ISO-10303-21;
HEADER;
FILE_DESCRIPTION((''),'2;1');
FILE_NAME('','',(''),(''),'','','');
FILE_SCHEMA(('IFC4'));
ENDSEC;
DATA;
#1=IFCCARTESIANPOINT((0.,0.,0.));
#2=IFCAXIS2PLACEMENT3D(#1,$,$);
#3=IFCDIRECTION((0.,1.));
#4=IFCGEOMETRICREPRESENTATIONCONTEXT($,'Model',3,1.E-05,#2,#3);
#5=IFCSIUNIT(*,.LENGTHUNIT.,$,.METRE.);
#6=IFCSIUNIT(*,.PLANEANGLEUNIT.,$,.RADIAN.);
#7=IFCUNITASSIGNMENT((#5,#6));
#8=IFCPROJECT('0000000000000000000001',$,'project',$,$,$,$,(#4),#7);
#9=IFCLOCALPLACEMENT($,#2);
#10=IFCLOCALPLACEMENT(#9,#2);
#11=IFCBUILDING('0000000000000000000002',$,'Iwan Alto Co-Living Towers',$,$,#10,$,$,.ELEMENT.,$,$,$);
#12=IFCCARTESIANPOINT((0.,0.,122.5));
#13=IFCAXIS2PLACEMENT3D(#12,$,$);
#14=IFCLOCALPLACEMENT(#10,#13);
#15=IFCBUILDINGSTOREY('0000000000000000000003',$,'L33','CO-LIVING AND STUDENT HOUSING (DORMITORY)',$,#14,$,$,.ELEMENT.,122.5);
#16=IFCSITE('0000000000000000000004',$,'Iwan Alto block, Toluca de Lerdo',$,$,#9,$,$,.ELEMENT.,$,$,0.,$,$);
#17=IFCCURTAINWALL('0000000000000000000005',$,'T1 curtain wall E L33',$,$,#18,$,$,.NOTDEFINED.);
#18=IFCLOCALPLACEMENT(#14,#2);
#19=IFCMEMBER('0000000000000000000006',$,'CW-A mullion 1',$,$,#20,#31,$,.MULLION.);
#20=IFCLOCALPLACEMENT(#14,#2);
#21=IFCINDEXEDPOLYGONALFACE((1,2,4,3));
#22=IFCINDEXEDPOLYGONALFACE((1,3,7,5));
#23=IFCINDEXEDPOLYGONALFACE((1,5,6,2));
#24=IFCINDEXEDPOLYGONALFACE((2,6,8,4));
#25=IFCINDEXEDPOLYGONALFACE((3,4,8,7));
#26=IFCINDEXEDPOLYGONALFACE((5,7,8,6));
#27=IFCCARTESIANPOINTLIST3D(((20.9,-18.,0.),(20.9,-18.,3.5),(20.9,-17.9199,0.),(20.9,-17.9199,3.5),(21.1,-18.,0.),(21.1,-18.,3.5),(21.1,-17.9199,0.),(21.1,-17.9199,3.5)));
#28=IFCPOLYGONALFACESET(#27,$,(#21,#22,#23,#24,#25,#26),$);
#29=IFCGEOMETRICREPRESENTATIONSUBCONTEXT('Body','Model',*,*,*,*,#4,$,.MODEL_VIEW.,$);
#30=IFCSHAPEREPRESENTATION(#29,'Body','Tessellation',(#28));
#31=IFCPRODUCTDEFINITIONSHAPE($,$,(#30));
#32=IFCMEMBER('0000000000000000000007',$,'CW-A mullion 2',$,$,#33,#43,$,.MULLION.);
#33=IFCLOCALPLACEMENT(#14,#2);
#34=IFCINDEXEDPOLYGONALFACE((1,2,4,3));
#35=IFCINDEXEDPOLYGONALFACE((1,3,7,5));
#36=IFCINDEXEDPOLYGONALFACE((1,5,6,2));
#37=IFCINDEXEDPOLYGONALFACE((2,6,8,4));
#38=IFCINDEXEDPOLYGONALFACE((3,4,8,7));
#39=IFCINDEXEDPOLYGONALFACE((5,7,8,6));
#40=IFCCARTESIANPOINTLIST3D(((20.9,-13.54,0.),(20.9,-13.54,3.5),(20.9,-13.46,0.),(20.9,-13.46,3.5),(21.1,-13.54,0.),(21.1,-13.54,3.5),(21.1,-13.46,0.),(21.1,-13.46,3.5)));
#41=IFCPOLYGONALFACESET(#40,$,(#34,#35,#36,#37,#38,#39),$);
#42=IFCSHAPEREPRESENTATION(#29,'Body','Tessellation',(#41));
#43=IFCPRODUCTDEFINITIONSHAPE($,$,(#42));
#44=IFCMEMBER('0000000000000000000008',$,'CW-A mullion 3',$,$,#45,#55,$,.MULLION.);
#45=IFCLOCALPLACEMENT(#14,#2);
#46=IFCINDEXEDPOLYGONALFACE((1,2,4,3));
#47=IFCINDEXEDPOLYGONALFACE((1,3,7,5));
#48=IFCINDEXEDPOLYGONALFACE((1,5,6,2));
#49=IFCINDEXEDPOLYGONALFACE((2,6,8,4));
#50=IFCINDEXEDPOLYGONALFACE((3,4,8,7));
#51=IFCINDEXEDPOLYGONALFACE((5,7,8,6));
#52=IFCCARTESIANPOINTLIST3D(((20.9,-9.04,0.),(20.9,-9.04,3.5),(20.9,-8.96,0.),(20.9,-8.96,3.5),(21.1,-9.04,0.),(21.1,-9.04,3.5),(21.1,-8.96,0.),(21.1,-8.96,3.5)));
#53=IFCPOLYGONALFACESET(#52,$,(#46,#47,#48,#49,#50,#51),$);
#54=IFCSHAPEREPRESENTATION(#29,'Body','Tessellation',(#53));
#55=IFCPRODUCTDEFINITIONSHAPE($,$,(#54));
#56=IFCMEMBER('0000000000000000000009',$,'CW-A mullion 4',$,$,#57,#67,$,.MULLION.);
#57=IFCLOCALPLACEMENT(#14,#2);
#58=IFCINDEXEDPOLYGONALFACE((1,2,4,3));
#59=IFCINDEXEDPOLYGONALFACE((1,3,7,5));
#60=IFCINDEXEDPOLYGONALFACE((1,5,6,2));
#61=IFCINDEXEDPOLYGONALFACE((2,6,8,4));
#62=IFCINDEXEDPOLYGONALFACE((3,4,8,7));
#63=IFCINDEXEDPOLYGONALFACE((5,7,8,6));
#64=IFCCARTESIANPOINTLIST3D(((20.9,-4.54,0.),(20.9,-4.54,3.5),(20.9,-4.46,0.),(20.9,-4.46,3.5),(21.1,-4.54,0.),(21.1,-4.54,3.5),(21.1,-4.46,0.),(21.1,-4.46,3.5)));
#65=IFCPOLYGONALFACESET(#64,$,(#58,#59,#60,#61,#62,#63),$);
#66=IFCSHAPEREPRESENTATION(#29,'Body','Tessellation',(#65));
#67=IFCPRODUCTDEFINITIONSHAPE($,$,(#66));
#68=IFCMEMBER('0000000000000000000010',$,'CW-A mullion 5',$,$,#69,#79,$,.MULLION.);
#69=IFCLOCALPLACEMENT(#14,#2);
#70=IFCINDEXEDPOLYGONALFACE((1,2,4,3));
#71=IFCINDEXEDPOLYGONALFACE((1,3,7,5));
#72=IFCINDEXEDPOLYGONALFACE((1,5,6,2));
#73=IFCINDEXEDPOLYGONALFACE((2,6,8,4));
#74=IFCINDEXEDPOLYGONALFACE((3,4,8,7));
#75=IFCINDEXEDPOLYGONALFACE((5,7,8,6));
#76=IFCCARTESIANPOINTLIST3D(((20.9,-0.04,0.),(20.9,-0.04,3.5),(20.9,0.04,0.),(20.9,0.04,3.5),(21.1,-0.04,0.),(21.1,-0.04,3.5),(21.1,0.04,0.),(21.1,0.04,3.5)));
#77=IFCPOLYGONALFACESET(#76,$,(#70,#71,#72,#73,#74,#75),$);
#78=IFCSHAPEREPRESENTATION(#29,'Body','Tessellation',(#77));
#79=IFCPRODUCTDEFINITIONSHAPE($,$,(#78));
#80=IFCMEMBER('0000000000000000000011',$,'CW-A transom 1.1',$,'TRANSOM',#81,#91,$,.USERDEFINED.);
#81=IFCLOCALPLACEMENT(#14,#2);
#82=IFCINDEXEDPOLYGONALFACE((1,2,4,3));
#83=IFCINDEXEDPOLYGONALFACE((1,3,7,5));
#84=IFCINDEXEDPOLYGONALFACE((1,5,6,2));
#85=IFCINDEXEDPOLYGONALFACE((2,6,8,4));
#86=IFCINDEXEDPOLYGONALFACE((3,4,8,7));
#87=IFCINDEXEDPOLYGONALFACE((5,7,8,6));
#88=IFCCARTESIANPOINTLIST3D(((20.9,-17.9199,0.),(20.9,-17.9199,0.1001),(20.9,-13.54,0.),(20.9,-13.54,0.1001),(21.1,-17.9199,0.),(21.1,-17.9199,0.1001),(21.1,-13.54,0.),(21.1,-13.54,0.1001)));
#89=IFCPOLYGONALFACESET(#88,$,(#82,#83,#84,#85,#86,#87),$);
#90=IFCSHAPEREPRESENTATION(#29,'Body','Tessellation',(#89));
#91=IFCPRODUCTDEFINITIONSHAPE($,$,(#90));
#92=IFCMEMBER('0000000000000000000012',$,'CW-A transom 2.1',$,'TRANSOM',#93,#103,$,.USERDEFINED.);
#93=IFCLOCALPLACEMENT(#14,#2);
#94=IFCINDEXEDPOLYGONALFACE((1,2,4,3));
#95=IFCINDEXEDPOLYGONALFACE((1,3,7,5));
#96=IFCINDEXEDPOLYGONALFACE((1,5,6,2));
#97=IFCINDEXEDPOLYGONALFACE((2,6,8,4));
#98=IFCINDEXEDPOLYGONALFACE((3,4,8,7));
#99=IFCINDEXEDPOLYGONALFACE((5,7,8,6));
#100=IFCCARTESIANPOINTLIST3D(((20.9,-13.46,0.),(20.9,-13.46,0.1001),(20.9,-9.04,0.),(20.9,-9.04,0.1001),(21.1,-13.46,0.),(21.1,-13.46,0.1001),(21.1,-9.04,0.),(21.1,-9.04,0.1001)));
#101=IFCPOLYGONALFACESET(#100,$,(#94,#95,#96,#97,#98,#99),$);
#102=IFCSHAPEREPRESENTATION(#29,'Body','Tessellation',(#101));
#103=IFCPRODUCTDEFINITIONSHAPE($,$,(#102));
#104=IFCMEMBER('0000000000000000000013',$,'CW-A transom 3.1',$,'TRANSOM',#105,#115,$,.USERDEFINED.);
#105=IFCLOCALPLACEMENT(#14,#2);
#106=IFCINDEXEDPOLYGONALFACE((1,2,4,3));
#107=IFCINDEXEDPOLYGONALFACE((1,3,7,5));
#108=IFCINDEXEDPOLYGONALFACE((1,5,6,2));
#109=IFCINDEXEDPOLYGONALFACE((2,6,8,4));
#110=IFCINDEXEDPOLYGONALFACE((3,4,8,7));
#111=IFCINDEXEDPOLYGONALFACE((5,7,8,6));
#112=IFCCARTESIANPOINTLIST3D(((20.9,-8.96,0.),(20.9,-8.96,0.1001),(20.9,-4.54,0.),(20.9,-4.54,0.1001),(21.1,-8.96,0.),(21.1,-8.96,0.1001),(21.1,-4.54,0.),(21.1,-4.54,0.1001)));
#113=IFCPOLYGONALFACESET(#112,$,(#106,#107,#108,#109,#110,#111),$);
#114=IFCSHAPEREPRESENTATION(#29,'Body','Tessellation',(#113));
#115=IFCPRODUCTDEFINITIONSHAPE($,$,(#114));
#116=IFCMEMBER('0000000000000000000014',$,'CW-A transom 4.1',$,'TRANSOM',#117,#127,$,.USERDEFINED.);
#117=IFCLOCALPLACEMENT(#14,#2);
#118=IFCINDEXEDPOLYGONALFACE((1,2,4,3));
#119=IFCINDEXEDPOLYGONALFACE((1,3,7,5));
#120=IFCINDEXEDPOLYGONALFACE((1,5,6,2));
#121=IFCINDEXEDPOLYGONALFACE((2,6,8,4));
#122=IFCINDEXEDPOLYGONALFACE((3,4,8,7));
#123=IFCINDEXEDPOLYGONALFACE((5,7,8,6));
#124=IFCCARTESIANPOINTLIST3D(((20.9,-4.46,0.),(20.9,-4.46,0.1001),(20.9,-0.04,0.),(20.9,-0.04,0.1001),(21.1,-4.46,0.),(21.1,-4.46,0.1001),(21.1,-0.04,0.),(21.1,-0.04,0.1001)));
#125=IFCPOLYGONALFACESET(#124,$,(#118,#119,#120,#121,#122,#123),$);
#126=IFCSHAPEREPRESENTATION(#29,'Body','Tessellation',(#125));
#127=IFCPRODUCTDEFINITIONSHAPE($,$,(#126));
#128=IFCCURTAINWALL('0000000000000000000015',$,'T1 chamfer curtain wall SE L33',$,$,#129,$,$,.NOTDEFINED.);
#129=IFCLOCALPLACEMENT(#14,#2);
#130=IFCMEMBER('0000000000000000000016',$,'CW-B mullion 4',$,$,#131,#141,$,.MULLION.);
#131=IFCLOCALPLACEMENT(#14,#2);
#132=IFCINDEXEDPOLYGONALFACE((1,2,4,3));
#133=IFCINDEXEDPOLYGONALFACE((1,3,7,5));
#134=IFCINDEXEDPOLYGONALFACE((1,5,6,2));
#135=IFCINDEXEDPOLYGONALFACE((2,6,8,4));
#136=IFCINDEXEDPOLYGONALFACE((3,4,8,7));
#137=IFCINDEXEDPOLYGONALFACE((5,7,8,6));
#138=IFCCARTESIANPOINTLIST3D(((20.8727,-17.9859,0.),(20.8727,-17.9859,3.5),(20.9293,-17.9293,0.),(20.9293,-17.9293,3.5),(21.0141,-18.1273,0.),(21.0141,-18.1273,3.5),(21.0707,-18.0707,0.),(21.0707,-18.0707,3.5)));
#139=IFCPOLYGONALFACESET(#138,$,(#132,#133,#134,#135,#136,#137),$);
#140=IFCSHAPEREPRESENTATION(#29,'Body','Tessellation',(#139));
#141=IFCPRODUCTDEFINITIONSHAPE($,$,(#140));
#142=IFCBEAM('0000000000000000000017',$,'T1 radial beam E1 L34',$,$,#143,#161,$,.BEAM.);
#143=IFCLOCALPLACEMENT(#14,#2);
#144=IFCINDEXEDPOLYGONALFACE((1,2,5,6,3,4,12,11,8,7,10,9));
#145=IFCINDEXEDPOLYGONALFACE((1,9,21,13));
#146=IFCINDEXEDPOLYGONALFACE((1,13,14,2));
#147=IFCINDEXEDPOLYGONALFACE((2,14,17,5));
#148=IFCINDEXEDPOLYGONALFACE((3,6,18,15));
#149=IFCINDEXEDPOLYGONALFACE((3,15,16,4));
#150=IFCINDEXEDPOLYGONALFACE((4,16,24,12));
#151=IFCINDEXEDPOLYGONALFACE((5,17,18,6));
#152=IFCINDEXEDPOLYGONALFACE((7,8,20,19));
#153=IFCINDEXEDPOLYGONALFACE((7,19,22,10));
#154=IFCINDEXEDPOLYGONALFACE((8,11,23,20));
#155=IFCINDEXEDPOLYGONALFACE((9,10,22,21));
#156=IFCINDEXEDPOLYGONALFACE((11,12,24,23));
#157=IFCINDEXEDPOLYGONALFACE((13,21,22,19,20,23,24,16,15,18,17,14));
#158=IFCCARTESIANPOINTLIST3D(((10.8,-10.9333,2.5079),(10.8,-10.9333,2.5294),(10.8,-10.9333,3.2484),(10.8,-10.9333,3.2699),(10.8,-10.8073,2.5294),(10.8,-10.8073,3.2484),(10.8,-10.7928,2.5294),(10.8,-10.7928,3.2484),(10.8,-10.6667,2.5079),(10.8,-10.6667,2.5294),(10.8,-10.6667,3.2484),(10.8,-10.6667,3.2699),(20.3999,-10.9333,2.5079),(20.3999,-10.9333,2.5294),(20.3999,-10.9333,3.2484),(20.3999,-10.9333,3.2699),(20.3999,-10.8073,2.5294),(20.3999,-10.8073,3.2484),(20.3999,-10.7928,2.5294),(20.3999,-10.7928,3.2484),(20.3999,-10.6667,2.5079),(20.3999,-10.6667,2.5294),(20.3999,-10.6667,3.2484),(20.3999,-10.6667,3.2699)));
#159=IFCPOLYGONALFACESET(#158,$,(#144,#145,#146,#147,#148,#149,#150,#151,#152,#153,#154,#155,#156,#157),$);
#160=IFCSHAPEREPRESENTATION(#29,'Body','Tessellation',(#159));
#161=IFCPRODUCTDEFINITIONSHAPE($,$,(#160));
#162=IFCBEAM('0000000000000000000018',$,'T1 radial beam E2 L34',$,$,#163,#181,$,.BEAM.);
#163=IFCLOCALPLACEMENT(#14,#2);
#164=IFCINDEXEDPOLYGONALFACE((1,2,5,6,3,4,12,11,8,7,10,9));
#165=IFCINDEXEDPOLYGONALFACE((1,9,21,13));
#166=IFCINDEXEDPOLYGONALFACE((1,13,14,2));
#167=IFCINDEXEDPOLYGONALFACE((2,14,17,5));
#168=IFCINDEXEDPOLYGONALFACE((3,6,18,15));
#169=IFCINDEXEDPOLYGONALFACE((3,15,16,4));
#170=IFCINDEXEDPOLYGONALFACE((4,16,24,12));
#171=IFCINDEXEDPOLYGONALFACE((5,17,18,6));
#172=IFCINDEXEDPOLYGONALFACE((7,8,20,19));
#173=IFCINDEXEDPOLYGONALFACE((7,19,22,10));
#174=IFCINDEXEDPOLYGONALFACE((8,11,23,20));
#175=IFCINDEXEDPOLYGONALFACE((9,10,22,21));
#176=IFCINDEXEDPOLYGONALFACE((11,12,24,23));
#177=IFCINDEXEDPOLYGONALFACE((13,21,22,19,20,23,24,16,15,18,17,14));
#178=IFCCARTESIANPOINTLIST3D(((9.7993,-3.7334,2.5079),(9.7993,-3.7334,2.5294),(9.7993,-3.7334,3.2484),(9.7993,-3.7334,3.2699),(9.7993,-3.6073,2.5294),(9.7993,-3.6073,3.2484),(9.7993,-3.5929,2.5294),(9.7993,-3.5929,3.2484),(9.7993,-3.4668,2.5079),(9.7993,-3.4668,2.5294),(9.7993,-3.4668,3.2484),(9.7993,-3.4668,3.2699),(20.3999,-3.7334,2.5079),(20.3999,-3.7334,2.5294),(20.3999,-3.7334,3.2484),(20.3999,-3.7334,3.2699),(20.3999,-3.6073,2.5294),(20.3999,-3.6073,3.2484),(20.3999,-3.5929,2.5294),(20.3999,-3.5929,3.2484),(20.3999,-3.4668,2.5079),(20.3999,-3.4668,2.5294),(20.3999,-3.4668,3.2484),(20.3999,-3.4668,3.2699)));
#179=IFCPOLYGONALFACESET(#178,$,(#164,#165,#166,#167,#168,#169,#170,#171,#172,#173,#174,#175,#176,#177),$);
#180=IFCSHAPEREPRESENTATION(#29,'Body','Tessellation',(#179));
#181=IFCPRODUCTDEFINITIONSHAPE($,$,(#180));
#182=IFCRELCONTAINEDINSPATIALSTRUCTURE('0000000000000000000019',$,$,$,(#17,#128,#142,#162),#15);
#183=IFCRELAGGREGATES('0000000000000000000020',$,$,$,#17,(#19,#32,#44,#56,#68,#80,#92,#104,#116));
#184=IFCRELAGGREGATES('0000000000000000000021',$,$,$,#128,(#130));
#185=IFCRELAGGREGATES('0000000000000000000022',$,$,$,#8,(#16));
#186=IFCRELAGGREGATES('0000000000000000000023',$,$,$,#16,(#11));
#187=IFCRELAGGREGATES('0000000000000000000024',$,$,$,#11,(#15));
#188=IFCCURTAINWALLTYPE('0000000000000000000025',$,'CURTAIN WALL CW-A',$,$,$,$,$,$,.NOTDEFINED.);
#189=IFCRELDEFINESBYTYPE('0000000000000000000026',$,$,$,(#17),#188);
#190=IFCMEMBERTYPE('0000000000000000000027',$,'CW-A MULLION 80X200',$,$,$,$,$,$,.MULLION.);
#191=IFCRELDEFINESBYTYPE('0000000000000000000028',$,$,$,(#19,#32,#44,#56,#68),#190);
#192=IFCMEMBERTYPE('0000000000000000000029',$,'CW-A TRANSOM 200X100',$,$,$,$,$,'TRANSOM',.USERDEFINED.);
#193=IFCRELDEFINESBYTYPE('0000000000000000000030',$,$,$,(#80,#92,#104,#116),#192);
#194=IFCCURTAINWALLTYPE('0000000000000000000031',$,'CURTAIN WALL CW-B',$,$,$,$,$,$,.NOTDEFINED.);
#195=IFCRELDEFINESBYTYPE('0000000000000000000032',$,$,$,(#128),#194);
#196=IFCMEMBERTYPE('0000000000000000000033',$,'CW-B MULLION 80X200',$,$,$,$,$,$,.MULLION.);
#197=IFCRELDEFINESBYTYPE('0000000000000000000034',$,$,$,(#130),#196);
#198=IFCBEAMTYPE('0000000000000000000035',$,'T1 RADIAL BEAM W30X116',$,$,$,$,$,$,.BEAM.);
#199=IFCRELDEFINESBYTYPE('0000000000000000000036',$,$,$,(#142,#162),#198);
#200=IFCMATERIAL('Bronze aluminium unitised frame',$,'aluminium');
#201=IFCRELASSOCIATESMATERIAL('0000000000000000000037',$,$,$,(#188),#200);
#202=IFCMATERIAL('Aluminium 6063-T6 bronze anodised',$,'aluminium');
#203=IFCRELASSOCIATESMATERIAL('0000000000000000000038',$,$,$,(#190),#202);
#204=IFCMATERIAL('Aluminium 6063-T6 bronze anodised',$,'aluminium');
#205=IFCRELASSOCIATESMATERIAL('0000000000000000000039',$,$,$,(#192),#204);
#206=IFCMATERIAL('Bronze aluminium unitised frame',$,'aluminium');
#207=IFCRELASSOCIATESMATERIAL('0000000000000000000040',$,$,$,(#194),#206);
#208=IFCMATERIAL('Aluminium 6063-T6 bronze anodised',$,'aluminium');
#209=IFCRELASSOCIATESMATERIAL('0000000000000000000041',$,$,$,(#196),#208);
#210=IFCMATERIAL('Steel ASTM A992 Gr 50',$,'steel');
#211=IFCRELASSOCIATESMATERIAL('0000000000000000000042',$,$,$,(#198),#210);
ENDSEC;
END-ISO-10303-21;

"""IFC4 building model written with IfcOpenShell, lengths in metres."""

from ifc_helpers import new_model, si_unit, direction, frame, origin, origin_2d, place, context, subcontext, project, spatial, rectangle, i_section, extrude, material, material_profile, profile_set, type_object, element, aggregate, save


model = new_model("IFC4")

# Units and contexts
model_context = context("Model", 3, precision=1e-05, world=origin(), true_north=direction((0.0, 1.0)))
body_context = subcontext(model_context, "Body", "Model", "MODEL_VIEW")
ifc_project = project(units=[si_unit("LENGTHUNIT", "METRE"), si_unit("PLANEANGLEUNIT", "RADIAN")], contexts=[model_context])

# Site, building, storey
site_placement = place(None, origin())
site = spatial("IfcSite", under=ifc_project, at=site_placement, Name="Iwan Alto block, Toluca de Lerdo", CompositionType="ELEMENT", RefElevation=0.0)
building_placement = place(site_placement, origin())
building = spatial("IfcBuilding", under=site, at=building_placement, Name="Iwan Alto Co-Living Towers", CompositionType="ELEMENT")
storey_placement = place(building_placement, frame((0.0, 0.0, 122.5)))
storey = spatial("IfcBuildingStorey", under=building, at=storey_placement, Name="L33", Description="CO-LIVING AND STUDENT HOUSING (DORMITORY)", CompositionType="ELEMENT", Elevation=122.5)

# Curtain wall, members
ifc_material_1 = material(Name="Bronze aluminium unitised frame", Category="aluminium")
curtain_wall_type_1 = type_object("IfcCurtainWallType", Name="CURTAIN WALL CW-A", PredefinedType="NOTDEFINED", material=ifc_material_1)
curtain_wall_1_placement = place(storey_placement, origin())
curtain_wall_1 = element("IfcCurtainWall", 1, at=curtain_wall_1_placement, inside=storey, type_object=curtain_wall_type_1, Name="T1 curtain wall E L33", PredefinedType="NOTDEFINED")
ifc_material_2 = material(Name="Aluminium 6063-T6 bronze anodised", Category="aluminium")
ifc_material_profile_1 = material_profile(ifc_material_2, rectangle(XDim=0.2, YDim=0.0801, at=origin_2d()), Name="AL 80X200")
ifc_profile_set_1 = profile_set([ifc_material_profile_1], Name="Aluminium 6063-T6 bronze anodised")
member_type_1 = type_object("IfcMemberType", Name="CW-A MULLION 80X200", PredefinedType="MULLION", material=ifc_profile_set_1)
member_1_placement = place(storey_placement, frame((21.0, -17.96, 0.0), z_axis=(0.0, 0.0, 1.0), x_axis=(-1.0, 0.0, 0.0)))
member_1 = element("IfcMember", 2, at=member_1_placement, type_object=member_type_1, Name="CW-A mullion 1", PredefinedType="MULLION", context=body_context, shape_type="SweptSolid", body=[
    extrude(rectangle(XDim=0.2, YDim=0.0801, at=origin_2d()), origin(), (0.0, 0.0, 1.0), 3.5),
])
member_2_placement = place(storey_placement, frame((21.0, -13.5, 0.0), z_axis=(0.0, 0.0, 1.0), x_axis=(-1.0, 0.0, 0.0)))
member_2 = element("IfcMember", 3, at=member_2_placement, type_object=member_type_1, Name="CW-A mullion 2", PredefinedType="MULLION", context=body_context, shape_type="SweptSolid", body=[
    extrude(rectangle(XDim=0.2, YDim=0.0801, at=origin_2d()), origin(), (0.0, 0.0, 1.0), 3.5),
])
member_3_placement = place(storey_placement, frame((21.0, -9.0, 0.0), z_axis=(0.0, 0.0, 1.0), x_axis=(-1.0, 0.0, 0.0)))
member_3 = element("IfcMember", 4, at=member_3_placement, type_object=member_type_1, Name="CW-A mullion 3", PredefinedType="MULLION", context=body_context, shape_type="SweptSolid", body=[
    extrude(rectangle(XDim=0.2, YDim=0.0801, at=origin_2d()), origin(), (0.0, 0.0, 1.0), 3.5),
])
member_4_placement = place(storey_placement, frame((21.0, -4.5, 0.0), z_axis=(0.0, 0.0, 1.0), x_axis=(-1.0, 0.0, 0.0)))
member_4 = element("IfcMember", 5, at=member_4_placement, type_object=member_type_1, Name="CW-A mullion 4", PredefinedType="MULLION", context=body_context, shape_type="SweptSolid", body=[
    extrude(rectangle(XDim=0.2, YDim=0.0801, at=origin_2d()), origin(), (0.0, 0.0, 1.0), 3.5),
])
member_5_placement = place(storey_placement, frame((21.0, 0.0, 0.0), z_axis=(0.0, 0.0, 1.0), x_axis=(-1.0, 0.0, 0.0)))
member_5 = element("IfcMember", 6, at=member_5_placement, type_object=member_type_1, Name="CW-A mullion 5", PredefinedType="MULLION", context=body_context, shape_type="SweptSolid", body=[
    extrude(rectangle(XDim=0.2, YDim=0.0801, at=origin_2d()), origin(), (0.0, 0.0, 1.0), 3.5),
])
ifc_material_3 = material(Name="Aluminium 6063-T6 bronze anodised", Category="aluminium")
ifc_material_profile_2 = material_profile(ifc_material_3, rectangle(XDim=0.2, YDim=0.1001, at=origin_2d()), Name="AL 200X100")
ifc_profile_set_2 = profile_set([ifc_material_profile_2], Name="Aluminium 6063-T6 bronze anodised")
member_type_2 = type_object("IfcMemberType", Name="CW-A TRANSOM 200X100", ElementType="TRANSOM", PredefinedType="USERDEFINED", material=ifc_profile_set_2)
member_6_placement = place(storey_placement, frame((21.0, -17.9199, 0.05), z_axis=(0.0, 1.0, 0.0), x_axis=(-1.0, 0.0, 0.0)))
member_6 = element("IfcMember", 7, at=member_6_placement, type_object=member_type_2, Name="CW-A transom 1.1", ObjectType="TRANSOM", PredefinedType="USERDEFINED", context=body_context, shape_type="SweptSolid", body=[
    extrude(rectangle(XDim=0.2, YDim=0.1001, at=origin_2d()), origin(), (0.0, 0.0, 1.0), 4.3799),
])
member_7_placement = place(storey_placement, frame((21.0, -13.46, 0.05), z_axis=(0.0, 1.0, 0.0), x_axis=(-1.0, 0.0, 0.0)))
member_7 = element("IfcMember", 8, at=member_7_placement, type_object=member_type_2, Name="CW-A transom 2.1", ObjectType="TRANSOM", PredefinedType="USERDEFINED", context=body_context, shape_type="SweptSolid", body=[
    extrude(rectangle(XDim=0.2, YDim=0.1001, at=origin_2d()), origin(), (0.0, 0.0, 1.0), 4.4199),
])
member_8_placement = place(storey_placement, frame((21.0, -8.96, 0.05), z_axis=(0.0, 1.0, 0.0), x_axis=(-1.0, 0.0, 0.0)))
member_8 = element("IfcMember", 9, at=member_8_placement, type_object=member_type_2, Name="CW-A transom 3.1", ObjectType="TRANSOM", PredefinedType="USERDEFINED", context=body_context, shape_type="SweptSolid", body=[
    extrude(rectangle(XDim=0.2, YDim=0.1001, at=origin_2d()), origin(), (0.0, 0.0, 1.0), 4.4199),
])
member_9_placement = place(storey_placement, frame((21.0, -4.46, 0.05), z_axis=(0.0, 1.0, 0.0), x_axis=(-1.0, 0.0, 0.0)))
member_9 = element("IfcMember", 10, at=member_9_placement, type_object=member_type_2, Name="CW-A transom 4.1", ObjectType="TRANSOM", PredefinedType="USERDEFINED", context=body_context, shape_type="SweptSolid", body=[
    extrude(rectangle(XDim=0.2, YDim=0.1001, at=origin_2d()), origin(), (0.0, 0.0, 1.0), 4.4199),
])

# Curtain wall, member
ifc_material_4 = material(Name="Bronze aluminium unitised frame", Category="aluminium")
curtain_wall_type_2 = type_object("IfcCurtainWallType", Name="CURTAIN WALL CW-B", PredefinedType="NOTDEFINED", material=ifc_material_4)
curtain_wall_2_placement = place(storey_placement, origin())
curtain_wall_2 = element("IfcCurtainWall", 11, at=curtain_wall_2_placement, inside=storey, type_object=curtain_wall_type_2, Name="T1 chamfer curtain wall SE L33", PredefinedType="NOTDEFINED")
ifc_material_5 = material(Name="Aluminium 6063-T6 bronze anodised", Category="aluminium")
ifc_material_profile_3 = material_profile(ifc_material_5, rectangle(XDim=0.2, YDim=0.0801, at=origin_2d()), Name="AL 80X200")
ifc_profile_set_3 = profile_set([ifc_material_profile_3], Name="Aluminium 6063-T6 bronze anodised")
member_type_3 = type_object("IfcMemberType", Name="CW-B MULLION 80X200", PredefinedType="MULLION", material=ifc_profile_set_3)
member_10_placement = place(storey_placement, frame((20.9717, -18.0283, 0.0), z_axis=(0.0, 0.0, 1.0), x_axis=(-0.707107, 0.707107, 0.0)))
member_10 = element("IfcMember", 12, at=member_10_placement, type_object=member_type_3, Name="CW-B mullion 4", PredefinedType="MULLION", context=body_context, shape_type="SweptSolid", body=[
    extrude(rectangle(XDim=0.2, YDim=0.0801, at=origin_2d()), origin(), (0.0, 0.0, 1.0), 3.5),
])

# Beams
ifc_material_6 = material(Name="Steel ASTM A992 Gr 50", Category="steel")
ifc_material_profile_4 = material_profile(ifc_material_6, i_section(OverallWidth=0.2666, OverallDepth=0.762, WebThickness=0.0144, FlangeThickness=0.0215, at=origin_2d()), Name="W30X116")
ifc_profile_set_4 = profile_set([ifc_material_profile_4], Name="Steel ASTM A992 Gr 50")
beam_type_1 = type_object("IfcBeamType", Name="T1 RADIAL BEAM W30X116", PredefinedType="BEAM", material=ifc_profile_set_4)
beam_1_placement = place(storey_placement, frame((20.3999, -10.8, 2.8889), z_axis=(-1.0, 0.0, 0.0), x_axis=(0.0, -1.0, 0.0)))
element("IfcBeam", 13, at=beam_1_placement, inside=storey, type_object=beam_type_1, Name="T1 radial beam E1 L34", PredefinedType="BEAM", context=body_context, shape_type="SweptSolid", body=[
    extrude(i_section(OverallWidth=0.2666, OverallDepth=0.762, WebThickness=0.0144, FlangeThickness=0.0215, at=origin_2d()), origin(), (0.0, 0.0, 1.0), 9.5999),
])
beam_2_placement = place(storey_placement, frame((20.3999, -3.6001, 2.8889), z_axis=(-1.0, 0.0, 0.0), x_axis=(0.0, -1.0, 0.0)))
element("IfcBeam", 14, at=beam_2_placement, inside=storey, type_object=beam_type_1, Name="T1 radial beam E2 L34", PredefinedType="BEAM", context=body_context, shape_type="SweptSolid", body=[
    extrude(i_section(OverallWidth=0.2666, OverallDepth=0.762, WebThickness=0.0144, FlangeThickness=0.0215, at=origin_2d()), origin(), (0.0, 0.0, 1.0), 10.6006),
])

aggregate(curtain_wall_1, [member_1, member_2, member_3, member_4, member_5, member_6, member_7, member_8, member_9])
aggregate(curtain_wall_2, [member_10])

save(model, "model.ifc")
